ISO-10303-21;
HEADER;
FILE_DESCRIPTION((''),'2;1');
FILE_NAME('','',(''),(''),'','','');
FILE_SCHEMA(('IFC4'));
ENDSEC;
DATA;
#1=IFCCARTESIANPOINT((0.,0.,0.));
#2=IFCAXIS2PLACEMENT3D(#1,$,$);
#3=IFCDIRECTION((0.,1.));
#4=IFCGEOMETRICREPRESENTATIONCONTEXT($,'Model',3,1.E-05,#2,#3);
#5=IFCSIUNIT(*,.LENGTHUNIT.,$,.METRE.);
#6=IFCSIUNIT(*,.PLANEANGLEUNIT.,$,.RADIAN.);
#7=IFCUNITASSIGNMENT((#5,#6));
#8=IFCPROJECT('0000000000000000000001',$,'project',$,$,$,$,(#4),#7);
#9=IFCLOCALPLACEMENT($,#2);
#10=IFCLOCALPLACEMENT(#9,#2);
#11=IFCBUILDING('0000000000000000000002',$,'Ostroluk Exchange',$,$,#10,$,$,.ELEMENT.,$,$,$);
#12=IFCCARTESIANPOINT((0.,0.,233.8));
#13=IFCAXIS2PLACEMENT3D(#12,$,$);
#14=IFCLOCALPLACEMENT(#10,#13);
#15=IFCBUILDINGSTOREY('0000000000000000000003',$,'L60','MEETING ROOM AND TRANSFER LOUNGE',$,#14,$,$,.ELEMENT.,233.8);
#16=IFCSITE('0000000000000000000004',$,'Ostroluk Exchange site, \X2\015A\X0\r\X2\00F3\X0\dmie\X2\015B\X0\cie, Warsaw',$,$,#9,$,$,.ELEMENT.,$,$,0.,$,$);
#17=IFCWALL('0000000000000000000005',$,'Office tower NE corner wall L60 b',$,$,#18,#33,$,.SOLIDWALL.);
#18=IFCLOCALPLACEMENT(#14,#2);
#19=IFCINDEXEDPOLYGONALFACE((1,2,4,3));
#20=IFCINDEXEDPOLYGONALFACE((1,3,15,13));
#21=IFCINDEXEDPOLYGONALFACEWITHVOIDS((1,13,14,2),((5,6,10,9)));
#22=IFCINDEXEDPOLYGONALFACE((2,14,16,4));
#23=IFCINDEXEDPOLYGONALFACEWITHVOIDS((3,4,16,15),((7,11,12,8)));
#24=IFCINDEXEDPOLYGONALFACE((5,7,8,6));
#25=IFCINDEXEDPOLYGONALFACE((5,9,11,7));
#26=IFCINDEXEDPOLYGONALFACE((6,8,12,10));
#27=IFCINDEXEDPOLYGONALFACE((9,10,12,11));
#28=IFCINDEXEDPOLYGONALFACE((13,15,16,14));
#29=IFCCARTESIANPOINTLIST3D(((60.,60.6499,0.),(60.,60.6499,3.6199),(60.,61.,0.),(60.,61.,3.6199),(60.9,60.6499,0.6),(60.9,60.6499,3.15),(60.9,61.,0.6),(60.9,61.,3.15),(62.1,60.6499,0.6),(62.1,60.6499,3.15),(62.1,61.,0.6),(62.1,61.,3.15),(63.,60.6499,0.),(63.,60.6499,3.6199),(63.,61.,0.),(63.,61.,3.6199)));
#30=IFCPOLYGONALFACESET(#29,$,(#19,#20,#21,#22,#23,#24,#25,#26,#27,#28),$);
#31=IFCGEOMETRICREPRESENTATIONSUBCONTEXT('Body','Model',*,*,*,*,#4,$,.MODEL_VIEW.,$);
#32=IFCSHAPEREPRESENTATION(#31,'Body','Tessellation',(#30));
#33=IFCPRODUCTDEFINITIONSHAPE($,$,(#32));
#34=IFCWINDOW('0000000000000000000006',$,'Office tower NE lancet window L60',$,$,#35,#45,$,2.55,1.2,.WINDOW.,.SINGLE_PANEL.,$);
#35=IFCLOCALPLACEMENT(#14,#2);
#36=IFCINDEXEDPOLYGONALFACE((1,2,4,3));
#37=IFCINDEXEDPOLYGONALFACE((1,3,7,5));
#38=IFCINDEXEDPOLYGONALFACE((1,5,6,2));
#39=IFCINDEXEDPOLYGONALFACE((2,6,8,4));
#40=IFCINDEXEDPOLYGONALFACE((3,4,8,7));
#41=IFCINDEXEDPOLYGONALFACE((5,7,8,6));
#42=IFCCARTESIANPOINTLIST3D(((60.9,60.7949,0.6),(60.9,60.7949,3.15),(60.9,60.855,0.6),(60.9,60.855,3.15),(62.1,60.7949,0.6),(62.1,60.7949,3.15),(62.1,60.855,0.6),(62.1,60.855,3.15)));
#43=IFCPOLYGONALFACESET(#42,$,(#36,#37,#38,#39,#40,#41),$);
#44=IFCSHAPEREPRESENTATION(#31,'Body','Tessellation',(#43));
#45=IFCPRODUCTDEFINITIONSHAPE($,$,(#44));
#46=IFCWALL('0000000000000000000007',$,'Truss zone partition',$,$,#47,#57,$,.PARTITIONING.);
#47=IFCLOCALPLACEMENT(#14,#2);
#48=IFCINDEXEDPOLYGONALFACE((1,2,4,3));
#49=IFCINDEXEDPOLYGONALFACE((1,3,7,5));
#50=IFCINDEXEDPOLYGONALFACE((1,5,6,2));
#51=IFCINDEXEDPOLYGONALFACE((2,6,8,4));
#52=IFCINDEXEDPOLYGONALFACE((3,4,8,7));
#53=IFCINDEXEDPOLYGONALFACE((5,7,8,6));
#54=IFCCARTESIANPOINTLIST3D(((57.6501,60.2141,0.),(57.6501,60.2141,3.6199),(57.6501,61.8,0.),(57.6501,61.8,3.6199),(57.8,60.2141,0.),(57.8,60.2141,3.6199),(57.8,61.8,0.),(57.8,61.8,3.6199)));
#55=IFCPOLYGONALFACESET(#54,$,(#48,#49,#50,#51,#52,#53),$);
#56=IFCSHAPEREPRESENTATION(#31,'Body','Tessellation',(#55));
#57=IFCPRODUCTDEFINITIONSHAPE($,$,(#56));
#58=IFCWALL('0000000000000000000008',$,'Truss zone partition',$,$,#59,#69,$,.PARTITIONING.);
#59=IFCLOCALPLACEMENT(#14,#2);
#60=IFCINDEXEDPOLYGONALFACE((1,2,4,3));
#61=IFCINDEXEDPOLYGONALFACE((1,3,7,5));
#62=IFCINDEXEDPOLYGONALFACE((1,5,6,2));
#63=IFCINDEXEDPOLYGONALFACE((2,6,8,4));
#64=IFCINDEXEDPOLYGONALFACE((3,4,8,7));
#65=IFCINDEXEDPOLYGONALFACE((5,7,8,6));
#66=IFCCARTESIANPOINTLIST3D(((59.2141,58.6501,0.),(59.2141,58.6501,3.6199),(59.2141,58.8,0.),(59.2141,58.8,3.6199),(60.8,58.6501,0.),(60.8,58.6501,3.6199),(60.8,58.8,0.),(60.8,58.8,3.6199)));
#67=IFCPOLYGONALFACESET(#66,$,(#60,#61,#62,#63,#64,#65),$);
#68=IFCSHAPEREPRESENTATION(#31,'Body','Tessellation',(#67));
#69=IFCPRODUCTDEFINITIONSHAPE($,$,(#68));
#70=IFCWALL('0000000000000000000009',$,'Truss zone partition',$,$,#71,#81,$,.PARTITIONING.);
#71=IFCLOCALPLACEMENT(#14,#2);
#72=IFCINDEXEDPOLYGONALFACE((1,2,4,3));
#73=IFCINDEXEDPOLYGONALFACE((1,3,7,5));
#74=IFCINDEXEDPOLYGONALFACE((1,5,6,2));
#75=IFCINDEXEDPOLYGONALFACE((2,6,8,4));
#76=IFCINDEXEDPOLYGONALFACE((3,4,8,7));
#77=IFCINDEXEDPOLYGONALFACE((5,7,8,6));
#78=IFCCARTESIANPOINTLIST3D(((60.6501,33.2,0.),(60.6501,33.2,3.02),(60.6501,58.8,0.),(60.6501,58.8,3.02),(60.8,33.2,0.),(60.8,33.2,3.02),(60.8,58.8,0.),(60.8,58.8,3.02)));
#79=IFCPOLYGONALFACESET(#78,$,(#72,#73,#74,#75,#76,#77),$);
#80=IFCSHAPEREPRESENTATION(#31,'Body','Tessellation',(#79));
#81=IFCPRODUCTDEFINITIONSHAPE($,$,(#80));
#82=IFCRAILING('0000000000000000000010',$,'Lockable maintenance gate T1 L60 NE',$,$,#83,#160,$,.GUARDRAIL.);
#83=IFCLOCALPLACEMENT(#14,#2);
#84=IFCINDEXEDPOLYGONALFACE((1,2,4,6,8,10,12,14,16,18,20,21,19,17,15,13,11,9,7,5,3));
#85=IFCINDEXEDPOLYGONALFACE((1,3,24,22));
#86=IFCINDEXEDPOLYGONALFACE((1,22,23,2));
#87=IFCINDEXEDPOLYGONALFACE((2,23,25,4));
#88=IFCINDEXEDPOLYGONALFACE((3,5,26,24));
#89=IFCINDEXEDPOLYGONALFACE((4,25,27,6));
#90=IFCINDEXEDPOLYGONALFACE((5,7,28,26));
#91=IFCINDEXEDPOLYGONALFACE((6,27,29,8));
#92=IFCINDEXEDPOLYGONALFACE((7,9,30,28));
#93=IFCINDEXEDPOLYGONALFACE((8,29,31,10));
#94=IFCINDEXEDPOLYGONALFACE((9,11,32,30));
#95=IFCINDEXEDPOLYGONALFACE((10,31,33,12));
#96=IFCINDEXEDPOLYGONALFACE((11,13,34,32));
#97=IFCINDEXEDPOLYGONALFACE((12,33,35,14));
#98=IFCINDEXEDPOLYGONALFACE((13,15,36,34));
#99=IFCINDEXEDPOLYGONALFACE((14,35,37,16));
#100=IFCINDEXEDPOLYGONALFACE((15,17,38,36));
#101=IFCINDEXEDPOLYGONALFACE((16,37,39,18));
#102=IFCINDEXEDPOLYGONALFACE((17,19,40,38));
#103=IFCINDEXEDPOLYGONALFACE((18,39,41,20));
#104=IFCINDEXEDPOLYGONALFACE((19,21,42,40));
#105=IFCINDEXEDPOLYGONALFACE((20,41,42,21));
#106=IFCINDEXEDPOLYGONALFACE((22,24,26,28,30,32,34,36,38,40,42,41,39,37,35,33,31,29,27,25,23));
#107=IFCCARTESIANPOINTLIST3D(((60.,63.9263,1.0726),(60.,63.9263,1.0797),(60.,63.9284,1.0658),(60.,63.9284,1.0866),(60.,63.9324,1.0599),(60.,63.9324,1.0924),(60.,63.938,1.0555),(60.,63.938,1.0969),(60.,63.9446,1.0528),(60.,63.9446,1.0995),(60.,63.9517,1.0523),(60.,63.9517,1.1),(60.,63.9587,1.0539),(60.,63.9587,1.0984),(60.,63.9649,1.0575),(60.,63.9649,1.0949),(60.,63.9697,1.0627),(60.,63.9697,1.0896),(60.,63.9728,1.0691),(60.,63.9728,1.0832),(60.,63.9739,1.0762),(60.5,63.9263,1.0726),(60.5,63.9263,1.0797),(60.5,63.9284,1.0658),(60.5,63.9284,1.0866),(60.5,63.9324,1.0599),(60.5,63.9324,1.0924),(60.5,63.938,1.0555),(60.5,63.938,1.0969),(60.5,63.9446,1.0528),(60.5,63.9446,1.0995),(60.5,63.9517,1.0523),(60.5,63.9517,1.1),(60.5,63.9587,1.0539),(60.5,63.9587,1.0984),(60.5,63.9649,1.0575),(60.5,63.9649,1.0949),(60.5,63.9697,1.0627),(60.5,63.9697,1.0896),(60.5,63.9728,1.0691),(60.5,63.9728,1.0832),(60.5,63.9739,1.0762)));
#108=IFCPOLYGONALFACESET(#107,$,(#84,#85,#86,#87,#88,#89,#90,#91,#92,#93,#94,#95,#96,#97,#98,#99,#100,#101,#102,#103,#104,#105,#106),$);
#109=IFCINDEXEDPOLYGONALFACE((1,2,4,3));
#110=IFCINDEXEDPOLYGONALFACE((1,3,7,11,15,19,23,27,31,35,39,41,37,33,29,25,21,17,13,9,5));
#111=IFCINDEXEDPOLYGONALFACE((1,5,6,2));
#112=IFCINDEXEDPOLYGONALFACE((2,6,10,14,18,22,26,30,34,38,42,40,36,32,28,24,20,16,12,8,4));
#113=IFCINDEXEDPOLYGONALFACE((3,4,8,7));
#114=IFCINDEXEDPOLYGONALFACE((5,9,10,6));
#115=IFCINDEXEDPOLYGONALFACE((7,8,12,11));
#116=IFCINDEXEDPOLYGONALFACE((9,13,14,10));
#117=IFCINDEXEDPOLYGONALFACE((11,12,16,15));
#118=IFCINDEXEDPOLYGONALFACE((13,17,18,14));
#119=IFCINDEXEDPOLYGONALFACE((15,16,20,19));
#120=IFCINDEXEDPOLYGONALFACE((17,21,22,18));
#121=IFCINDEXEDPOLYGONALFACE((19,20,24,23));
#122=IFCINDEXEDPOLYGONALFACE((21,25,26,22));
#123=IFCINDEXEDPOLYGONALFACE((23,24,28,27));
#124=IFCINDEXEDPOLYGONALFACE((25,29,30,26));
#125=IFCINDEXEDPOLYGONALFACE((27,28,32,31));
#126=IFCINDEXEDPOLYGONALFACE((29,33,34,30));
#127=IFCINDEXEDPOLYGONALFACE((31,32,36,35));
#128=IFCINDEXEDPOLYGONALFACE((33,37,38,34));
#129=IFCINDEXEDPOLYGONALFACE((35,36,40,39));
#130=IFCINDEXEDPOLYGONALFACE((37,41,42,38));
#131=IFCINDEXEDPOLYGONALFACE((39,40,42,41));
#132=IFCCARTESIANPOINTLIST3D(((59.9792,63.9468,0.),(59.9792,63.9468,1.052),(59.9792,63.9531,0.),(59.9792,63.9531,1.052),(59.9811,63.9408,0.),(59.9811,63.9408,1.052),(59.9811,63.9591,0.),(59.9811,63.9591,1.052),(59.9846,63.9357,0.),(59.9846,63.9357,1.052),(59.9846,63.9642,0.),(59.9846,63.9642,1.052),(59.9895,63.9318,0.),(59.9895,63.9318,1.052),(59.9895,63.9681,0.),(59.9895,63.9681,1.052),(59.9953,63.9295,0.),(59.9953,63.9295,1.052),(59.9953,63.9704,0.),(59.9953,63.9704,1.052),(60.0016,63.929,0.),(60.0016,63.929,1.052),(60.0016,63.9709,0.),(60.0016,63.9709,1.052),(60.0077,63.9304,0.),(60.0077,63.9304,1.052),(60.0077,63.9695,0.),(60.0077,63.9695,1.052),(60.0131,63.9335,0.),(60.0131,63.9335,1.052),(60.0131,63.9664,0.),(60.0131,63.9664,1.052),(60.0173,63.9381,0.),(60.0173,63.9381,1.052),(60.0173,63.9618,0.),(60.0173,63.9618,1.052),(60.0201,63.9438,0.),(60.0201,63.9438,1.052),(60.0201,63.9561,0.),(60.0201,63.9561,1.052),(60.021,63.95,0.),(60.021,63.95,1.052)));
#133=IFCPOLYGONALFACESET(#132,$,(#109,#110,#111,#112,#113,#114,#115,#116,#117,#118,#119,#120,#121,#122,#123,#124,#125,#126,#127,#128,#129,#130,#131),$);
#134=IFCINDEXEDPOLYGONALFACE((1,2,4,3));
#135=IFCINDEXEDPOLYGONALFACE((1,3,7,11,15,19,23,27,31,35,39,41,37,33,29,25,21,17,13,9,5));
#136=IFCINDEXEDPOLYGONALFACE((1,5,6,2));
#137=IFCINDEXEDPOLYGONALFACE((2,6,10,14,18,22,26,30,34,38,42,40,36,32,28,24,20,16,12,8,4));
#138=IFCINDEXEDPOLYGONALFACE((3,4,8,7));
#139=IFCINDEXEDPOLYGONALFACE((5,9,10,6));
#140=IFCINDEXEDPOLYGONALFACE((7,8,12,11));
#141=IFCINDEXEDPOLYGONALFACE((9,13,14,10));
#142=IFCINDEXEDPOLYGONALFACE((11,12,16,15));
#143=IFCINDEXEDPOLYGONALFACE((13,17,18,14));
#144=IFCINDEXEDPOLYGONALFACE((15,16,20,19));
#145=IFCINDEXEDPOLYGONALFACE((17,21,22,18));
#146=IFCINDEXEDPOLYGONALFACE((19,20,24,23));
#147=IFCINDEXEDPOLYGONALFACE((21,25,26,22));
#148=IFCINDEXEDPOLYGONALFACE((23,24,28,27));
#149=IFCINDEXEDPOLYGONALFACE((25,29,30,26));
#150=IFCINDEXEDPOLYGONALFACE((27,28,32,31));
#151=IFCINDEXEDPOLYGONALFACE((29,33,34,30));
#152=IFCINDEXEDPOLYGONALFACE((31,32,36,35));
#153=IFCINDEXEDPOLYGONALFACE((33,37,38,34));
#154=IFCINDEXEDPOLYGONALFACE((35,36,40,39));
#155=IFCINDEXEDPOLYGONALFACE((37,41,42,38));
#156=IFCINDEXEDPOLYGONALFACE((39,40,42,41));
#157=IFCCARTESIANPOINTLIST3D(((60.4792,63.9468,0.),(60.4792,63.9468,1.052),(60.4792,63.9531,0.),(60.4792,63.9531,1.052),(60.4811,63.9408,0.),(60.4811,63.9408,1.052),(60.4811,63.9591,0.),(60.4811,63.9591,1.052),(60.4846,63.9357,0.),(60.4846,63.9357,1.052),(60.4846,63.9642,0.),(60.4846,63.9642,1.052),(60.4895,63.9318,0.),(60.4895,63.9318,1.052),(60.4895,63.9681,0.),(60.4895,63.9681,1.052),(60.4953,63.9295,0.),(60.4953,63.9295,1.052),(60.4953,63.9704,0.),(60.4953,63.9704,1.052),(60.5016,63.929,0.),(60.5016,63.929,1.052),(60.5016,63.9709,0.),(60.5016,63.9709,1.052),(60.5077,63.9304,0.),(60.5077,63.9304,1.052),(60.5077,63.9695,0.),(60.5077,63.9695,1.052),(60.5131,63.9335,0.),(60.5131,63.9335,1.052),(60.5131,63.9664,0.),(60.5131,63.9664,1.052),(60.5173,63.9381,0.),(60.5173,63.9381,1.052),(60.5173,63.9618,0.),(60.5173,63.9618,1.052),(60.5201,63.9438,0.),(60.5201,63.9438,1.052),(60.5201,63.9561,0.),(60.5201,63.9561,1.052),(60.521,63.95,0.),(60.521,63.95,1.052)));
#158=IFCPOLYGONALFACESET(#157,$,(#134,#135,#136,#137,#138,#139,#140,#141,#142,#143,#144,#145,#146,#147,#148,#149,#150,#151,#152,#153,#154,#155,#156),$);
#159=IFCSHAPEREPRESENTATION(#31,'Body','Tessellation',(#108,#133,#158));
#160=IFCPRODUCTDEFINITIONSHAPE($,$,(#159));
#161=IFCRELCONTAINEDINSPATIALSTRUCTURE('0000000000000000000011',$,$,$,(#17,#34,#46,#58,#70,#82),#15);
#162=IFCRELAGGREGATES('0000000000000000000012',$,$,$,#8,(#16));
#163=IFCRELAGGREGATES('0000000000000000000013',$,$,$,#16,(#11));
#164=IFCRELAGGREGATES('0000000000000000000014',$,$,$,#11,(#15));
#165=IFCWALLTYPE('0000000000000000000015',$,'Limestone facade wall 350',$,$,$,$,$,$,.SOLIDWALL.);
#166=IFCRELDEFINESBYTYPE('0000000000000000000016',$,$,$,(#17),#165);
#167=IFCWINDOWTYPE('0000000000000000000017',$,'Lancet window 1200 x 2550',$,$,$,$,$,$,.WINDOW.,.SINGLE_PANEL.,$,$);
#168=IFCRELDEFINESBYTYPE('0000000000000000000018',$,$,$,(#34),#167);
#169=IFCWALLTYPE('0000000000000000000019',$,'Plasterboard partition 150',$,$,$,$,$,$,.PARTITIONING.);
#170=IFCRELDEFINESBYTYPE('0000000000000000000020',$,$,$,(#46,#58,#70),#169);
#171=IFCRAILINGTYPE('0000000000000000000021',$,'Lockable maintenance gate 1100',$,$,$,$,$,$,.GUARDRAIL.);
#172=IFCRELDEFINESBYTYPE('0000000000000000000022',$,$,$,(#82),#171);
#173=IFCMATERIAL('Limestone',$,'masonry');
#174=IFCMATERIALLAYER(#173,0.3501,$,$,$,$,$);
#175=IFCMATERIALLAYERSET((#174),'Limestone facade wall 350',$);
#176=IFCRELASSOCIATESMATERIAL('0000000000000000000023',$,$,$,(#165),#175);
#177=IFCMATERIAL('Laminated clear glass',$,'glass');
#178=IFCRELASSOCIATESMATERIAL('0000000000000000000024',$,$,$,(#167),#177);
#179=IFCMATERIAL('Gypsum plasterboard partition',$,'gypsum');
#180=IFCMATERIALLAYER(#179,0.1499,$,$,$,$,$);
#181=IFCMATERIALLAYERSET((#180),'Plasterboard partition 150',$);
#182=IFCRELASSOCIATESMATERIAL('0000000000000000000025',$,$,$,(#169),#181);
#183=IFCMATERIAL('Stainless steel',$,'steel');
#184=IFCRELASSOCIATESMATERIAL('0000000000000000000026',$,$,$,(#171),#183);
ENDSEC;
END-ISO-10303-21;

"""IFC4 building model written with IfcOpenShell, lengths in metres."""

from ifc_helpers import new_model, si_unit, direction, frame, frame_2d, origin, origin_2d, place, context, subcontext, project, spatial, rectangle, circle, extrude, material, layer, layer_set, type_object, element, fill, save


model = new_model("IFC4")

# Units and contexts
model_context = context("Model", 3, precision=1e-05, world=origin(), true_north=direction((0.0, 1.0)))
body_context = subcontext(model_context, "Body", "Model", "MODEL_VIEW")
ifc_project = project(units=[si_unit("LENGTHUNIT", "METRE"), si_unit("PLANEANGLEUNIT", "RADIAN")], contexts=[model_context])

# Site, building, storey
site_placement = place(None, origin())
site = spatial("IfcSite", under=ifc_project, at=site_placement, Name="Ostroluk Exchange site, Śródmieście, Warsaw", CompositionType="ELEMENT", RefElevation=0.0)
building_placement = place(site_placement, origin())
building = spatial("IfcBuilding", under=site, at=building_placement, Name="Ostroluk Exchange", CompositionType="ELEMENT")
storey_placement = place(building_placement, frame((0.0, 0.0, 233.8)))
storey = spatial("IfcBuildingStorey", under=building, at=storey_placement, Name="L60", Description="MEETING ROOM AND TRANSFER LOUNGE", CompositionType="ELEMENT", Elevation=233.8)

# Shared definitions
ifc_material_1 = material(Name="Limestone", Category="masonry")
ifc_layer_1 = layer(ifc_material_1, 0.3501)
ifc_layer_set_1 = layer_set([ifc_layer_1], Name="Limestone facade wall 350")
wall_type_1 = type_object("IfcWallType", Name="Limestone facade wall 350", PredefinedType="SOLIDWALL", material=ifc_layer_set_1)

# Wall, opening, window
wall_1_placement = place(storey_placement, frame((60.0, 60.825, 0.0), z_axis=(0.0, 0.0, 1.0), x_axis=(1.0, 0.0, 0.0)))
wall_1 = element("IfcWall", 1, at=wall_1_placement, inside=storey, type_object=wall_type_1, Name="Office tower NE corner wall L60 b", PredefinedType="SOLIDWALL", context=body_context, shape_type="SweptSolid", body=[
    extrude(rectangle(XDim=3.0, YDim=0.3501, at=frame_2d((1.5, 0.0))), origin(), (0.0, 0.0, 1.0), 3.6199),
])
opening_1_placement = place(wall_1_placement, frame((0.8999, 0.0, 0.6001)))
opening_1 = element("IfcOpeningElement", 2, at=opening_1_placement, cuts=wall_1, PredefinedType="OPENING", context=body_context, shape_type="SweptSolid", body=[
    extrude(rectangle(XDim=1.2, YDim=2.55, at=frame_2d((0.6001, 1.2749))), frame((0.0, 0.1851, 0.0), z_axis=(0.0, -1.0, 0.0), x_axis=(1.0, 0.0, 0.0)), (0.0, 0.0, 1.0), 0.3701),
])
ifc_material_2 = material(Name="Laminated clear glass", Category="glass")
window_type = type_object("IfcWindowType", Name="Lancet window 1200 x 2550", PartitioningType="SINGLE_PANEL", PredefinedType="WINDOW", material=ifc_material_2)
window_placement = place(opening_1_placement, origin())
window = element("IfcWindow", 3, at=window_placement, inside=storey, type_object=window_type, Name="Office tower NE lancet window L60", OverallHeight=2.55, OverallWidth=1.2, PartitioningType="SINGLE_PANEL", PredefinedType="WINDOW", context=body_context, shape_type="SweptSolid", body=[
    extrude(rectangle(XDim=1.2, YDim=2.55, at=frame_2d((0.6001, 1.2749))), frame((0.0, 0.03, 0.0), z_axis=(0.0, -1.0, 0.0), x_axis=(1.0, 0.0, 0.0)), (0.0, 0.0, 1.0), 0.0601),
])
fill(opening_1, window)

# Walls
ifc_material_3 = material(Name="Gypsum plasterboard partition", Category="gypsum")
ifc_layer_2 = layer(ifc_material_3, 0.1499)
ifc_layer_set_2 = layer_set([ifc_layer_2], Name="Plasterboard partition 150")
wall_type_2 = type_object("IfcWallType", Name="Plasterboard partition 150", PredefinedType="PARTITIONING", material=ifc_layer_set_2)
for number, where, z_axis, x_axis, name in (
    (4, (57.7251, 61.8, 0.0), (0.0, 0.0, 1.0), (0.0, -1.0, 0.0), "Truss zone partition"),
    (5, (59.2141, 58.7251, 0.0), (0.0, 0.0, 1.0), (1.0, 0.0, 0.0), "Truss zone partition"),
):
    element("IfcWall", number, at=place(storey_placement, frame(where, z_axis=z_axis, x_axis=x_axis)), inside=storey, type_object=wall_type_2, Name=name, PredefinedType="PARTITIONING", context=body_context, shape_type="SweptSolid", body=[
        extrude(rectangle(XDim=1.5859, YDim=0.1499, at=frame_2d((0.793, 0.0))), origin(), (0.0, 0.0, 1.0), 3.6199),
    ])
wall_2_placement = place(storey_placement, frame((60.7251, 58.8, 0.0), z_axis=(0.0, 0.0, 1.0), x_axis=(0.0, -1.0, 0.0)))
element("IfcWall", 6, at=wall_2_placement, inside=storey, type_object=wall_type_2, Name="Truss zone partition", PredefinedType="PARTITIONING", context=body_context, shape_type="SweptSolid", body=[
    extrude(rectangle(XDim=25.6001, YDim=0.1499, at=frame_2d((12.8, 0.0))), origin(), (0.0, 0.0, 1.0), 3.02),
])

# Railing
ifc_material_4 = material(Name="Stainless steel", Category="steel")
railing_type_1 = type_object("IfcRailingType", Name="Lockable maintenance gate 1100", PredefinedType="GUARDRAIL", material=ifc_material_4)
railing_1_placement = place(storey_placement, frame((60.0, 63.95, 0.0)))
element("IfcRailing", 7, at=railing_1_placement, inside=storey, type_object=railing_type_1, Name="Lockable maintenance gate T1 L60 NE", PredefinedType="GUARDRAIL", context=body_context, shape_type="SweptSolid", body=[
    extrude(circle(Radius=0.0239, at=origin_2d()), frame((0.0, 0.0, 1.0762), z_axis=(1.0, 0.0, 0.0), x_axis=(0.0, 1.0, 0.0)), (0.0, 0.0, 1.0), 0.5),
    extrude(circle(Radius=0.021, at=origin_2d()), origin(), (0.0, 0.0, 1.0), 1.052),
    extrude(circle(Radius=0.021, at=origin_2d()), frame((0.5, 0.0, 0.0)), (0.0, 0.0, 1.0), 1.052),
])

save(model, "model.ifc")
